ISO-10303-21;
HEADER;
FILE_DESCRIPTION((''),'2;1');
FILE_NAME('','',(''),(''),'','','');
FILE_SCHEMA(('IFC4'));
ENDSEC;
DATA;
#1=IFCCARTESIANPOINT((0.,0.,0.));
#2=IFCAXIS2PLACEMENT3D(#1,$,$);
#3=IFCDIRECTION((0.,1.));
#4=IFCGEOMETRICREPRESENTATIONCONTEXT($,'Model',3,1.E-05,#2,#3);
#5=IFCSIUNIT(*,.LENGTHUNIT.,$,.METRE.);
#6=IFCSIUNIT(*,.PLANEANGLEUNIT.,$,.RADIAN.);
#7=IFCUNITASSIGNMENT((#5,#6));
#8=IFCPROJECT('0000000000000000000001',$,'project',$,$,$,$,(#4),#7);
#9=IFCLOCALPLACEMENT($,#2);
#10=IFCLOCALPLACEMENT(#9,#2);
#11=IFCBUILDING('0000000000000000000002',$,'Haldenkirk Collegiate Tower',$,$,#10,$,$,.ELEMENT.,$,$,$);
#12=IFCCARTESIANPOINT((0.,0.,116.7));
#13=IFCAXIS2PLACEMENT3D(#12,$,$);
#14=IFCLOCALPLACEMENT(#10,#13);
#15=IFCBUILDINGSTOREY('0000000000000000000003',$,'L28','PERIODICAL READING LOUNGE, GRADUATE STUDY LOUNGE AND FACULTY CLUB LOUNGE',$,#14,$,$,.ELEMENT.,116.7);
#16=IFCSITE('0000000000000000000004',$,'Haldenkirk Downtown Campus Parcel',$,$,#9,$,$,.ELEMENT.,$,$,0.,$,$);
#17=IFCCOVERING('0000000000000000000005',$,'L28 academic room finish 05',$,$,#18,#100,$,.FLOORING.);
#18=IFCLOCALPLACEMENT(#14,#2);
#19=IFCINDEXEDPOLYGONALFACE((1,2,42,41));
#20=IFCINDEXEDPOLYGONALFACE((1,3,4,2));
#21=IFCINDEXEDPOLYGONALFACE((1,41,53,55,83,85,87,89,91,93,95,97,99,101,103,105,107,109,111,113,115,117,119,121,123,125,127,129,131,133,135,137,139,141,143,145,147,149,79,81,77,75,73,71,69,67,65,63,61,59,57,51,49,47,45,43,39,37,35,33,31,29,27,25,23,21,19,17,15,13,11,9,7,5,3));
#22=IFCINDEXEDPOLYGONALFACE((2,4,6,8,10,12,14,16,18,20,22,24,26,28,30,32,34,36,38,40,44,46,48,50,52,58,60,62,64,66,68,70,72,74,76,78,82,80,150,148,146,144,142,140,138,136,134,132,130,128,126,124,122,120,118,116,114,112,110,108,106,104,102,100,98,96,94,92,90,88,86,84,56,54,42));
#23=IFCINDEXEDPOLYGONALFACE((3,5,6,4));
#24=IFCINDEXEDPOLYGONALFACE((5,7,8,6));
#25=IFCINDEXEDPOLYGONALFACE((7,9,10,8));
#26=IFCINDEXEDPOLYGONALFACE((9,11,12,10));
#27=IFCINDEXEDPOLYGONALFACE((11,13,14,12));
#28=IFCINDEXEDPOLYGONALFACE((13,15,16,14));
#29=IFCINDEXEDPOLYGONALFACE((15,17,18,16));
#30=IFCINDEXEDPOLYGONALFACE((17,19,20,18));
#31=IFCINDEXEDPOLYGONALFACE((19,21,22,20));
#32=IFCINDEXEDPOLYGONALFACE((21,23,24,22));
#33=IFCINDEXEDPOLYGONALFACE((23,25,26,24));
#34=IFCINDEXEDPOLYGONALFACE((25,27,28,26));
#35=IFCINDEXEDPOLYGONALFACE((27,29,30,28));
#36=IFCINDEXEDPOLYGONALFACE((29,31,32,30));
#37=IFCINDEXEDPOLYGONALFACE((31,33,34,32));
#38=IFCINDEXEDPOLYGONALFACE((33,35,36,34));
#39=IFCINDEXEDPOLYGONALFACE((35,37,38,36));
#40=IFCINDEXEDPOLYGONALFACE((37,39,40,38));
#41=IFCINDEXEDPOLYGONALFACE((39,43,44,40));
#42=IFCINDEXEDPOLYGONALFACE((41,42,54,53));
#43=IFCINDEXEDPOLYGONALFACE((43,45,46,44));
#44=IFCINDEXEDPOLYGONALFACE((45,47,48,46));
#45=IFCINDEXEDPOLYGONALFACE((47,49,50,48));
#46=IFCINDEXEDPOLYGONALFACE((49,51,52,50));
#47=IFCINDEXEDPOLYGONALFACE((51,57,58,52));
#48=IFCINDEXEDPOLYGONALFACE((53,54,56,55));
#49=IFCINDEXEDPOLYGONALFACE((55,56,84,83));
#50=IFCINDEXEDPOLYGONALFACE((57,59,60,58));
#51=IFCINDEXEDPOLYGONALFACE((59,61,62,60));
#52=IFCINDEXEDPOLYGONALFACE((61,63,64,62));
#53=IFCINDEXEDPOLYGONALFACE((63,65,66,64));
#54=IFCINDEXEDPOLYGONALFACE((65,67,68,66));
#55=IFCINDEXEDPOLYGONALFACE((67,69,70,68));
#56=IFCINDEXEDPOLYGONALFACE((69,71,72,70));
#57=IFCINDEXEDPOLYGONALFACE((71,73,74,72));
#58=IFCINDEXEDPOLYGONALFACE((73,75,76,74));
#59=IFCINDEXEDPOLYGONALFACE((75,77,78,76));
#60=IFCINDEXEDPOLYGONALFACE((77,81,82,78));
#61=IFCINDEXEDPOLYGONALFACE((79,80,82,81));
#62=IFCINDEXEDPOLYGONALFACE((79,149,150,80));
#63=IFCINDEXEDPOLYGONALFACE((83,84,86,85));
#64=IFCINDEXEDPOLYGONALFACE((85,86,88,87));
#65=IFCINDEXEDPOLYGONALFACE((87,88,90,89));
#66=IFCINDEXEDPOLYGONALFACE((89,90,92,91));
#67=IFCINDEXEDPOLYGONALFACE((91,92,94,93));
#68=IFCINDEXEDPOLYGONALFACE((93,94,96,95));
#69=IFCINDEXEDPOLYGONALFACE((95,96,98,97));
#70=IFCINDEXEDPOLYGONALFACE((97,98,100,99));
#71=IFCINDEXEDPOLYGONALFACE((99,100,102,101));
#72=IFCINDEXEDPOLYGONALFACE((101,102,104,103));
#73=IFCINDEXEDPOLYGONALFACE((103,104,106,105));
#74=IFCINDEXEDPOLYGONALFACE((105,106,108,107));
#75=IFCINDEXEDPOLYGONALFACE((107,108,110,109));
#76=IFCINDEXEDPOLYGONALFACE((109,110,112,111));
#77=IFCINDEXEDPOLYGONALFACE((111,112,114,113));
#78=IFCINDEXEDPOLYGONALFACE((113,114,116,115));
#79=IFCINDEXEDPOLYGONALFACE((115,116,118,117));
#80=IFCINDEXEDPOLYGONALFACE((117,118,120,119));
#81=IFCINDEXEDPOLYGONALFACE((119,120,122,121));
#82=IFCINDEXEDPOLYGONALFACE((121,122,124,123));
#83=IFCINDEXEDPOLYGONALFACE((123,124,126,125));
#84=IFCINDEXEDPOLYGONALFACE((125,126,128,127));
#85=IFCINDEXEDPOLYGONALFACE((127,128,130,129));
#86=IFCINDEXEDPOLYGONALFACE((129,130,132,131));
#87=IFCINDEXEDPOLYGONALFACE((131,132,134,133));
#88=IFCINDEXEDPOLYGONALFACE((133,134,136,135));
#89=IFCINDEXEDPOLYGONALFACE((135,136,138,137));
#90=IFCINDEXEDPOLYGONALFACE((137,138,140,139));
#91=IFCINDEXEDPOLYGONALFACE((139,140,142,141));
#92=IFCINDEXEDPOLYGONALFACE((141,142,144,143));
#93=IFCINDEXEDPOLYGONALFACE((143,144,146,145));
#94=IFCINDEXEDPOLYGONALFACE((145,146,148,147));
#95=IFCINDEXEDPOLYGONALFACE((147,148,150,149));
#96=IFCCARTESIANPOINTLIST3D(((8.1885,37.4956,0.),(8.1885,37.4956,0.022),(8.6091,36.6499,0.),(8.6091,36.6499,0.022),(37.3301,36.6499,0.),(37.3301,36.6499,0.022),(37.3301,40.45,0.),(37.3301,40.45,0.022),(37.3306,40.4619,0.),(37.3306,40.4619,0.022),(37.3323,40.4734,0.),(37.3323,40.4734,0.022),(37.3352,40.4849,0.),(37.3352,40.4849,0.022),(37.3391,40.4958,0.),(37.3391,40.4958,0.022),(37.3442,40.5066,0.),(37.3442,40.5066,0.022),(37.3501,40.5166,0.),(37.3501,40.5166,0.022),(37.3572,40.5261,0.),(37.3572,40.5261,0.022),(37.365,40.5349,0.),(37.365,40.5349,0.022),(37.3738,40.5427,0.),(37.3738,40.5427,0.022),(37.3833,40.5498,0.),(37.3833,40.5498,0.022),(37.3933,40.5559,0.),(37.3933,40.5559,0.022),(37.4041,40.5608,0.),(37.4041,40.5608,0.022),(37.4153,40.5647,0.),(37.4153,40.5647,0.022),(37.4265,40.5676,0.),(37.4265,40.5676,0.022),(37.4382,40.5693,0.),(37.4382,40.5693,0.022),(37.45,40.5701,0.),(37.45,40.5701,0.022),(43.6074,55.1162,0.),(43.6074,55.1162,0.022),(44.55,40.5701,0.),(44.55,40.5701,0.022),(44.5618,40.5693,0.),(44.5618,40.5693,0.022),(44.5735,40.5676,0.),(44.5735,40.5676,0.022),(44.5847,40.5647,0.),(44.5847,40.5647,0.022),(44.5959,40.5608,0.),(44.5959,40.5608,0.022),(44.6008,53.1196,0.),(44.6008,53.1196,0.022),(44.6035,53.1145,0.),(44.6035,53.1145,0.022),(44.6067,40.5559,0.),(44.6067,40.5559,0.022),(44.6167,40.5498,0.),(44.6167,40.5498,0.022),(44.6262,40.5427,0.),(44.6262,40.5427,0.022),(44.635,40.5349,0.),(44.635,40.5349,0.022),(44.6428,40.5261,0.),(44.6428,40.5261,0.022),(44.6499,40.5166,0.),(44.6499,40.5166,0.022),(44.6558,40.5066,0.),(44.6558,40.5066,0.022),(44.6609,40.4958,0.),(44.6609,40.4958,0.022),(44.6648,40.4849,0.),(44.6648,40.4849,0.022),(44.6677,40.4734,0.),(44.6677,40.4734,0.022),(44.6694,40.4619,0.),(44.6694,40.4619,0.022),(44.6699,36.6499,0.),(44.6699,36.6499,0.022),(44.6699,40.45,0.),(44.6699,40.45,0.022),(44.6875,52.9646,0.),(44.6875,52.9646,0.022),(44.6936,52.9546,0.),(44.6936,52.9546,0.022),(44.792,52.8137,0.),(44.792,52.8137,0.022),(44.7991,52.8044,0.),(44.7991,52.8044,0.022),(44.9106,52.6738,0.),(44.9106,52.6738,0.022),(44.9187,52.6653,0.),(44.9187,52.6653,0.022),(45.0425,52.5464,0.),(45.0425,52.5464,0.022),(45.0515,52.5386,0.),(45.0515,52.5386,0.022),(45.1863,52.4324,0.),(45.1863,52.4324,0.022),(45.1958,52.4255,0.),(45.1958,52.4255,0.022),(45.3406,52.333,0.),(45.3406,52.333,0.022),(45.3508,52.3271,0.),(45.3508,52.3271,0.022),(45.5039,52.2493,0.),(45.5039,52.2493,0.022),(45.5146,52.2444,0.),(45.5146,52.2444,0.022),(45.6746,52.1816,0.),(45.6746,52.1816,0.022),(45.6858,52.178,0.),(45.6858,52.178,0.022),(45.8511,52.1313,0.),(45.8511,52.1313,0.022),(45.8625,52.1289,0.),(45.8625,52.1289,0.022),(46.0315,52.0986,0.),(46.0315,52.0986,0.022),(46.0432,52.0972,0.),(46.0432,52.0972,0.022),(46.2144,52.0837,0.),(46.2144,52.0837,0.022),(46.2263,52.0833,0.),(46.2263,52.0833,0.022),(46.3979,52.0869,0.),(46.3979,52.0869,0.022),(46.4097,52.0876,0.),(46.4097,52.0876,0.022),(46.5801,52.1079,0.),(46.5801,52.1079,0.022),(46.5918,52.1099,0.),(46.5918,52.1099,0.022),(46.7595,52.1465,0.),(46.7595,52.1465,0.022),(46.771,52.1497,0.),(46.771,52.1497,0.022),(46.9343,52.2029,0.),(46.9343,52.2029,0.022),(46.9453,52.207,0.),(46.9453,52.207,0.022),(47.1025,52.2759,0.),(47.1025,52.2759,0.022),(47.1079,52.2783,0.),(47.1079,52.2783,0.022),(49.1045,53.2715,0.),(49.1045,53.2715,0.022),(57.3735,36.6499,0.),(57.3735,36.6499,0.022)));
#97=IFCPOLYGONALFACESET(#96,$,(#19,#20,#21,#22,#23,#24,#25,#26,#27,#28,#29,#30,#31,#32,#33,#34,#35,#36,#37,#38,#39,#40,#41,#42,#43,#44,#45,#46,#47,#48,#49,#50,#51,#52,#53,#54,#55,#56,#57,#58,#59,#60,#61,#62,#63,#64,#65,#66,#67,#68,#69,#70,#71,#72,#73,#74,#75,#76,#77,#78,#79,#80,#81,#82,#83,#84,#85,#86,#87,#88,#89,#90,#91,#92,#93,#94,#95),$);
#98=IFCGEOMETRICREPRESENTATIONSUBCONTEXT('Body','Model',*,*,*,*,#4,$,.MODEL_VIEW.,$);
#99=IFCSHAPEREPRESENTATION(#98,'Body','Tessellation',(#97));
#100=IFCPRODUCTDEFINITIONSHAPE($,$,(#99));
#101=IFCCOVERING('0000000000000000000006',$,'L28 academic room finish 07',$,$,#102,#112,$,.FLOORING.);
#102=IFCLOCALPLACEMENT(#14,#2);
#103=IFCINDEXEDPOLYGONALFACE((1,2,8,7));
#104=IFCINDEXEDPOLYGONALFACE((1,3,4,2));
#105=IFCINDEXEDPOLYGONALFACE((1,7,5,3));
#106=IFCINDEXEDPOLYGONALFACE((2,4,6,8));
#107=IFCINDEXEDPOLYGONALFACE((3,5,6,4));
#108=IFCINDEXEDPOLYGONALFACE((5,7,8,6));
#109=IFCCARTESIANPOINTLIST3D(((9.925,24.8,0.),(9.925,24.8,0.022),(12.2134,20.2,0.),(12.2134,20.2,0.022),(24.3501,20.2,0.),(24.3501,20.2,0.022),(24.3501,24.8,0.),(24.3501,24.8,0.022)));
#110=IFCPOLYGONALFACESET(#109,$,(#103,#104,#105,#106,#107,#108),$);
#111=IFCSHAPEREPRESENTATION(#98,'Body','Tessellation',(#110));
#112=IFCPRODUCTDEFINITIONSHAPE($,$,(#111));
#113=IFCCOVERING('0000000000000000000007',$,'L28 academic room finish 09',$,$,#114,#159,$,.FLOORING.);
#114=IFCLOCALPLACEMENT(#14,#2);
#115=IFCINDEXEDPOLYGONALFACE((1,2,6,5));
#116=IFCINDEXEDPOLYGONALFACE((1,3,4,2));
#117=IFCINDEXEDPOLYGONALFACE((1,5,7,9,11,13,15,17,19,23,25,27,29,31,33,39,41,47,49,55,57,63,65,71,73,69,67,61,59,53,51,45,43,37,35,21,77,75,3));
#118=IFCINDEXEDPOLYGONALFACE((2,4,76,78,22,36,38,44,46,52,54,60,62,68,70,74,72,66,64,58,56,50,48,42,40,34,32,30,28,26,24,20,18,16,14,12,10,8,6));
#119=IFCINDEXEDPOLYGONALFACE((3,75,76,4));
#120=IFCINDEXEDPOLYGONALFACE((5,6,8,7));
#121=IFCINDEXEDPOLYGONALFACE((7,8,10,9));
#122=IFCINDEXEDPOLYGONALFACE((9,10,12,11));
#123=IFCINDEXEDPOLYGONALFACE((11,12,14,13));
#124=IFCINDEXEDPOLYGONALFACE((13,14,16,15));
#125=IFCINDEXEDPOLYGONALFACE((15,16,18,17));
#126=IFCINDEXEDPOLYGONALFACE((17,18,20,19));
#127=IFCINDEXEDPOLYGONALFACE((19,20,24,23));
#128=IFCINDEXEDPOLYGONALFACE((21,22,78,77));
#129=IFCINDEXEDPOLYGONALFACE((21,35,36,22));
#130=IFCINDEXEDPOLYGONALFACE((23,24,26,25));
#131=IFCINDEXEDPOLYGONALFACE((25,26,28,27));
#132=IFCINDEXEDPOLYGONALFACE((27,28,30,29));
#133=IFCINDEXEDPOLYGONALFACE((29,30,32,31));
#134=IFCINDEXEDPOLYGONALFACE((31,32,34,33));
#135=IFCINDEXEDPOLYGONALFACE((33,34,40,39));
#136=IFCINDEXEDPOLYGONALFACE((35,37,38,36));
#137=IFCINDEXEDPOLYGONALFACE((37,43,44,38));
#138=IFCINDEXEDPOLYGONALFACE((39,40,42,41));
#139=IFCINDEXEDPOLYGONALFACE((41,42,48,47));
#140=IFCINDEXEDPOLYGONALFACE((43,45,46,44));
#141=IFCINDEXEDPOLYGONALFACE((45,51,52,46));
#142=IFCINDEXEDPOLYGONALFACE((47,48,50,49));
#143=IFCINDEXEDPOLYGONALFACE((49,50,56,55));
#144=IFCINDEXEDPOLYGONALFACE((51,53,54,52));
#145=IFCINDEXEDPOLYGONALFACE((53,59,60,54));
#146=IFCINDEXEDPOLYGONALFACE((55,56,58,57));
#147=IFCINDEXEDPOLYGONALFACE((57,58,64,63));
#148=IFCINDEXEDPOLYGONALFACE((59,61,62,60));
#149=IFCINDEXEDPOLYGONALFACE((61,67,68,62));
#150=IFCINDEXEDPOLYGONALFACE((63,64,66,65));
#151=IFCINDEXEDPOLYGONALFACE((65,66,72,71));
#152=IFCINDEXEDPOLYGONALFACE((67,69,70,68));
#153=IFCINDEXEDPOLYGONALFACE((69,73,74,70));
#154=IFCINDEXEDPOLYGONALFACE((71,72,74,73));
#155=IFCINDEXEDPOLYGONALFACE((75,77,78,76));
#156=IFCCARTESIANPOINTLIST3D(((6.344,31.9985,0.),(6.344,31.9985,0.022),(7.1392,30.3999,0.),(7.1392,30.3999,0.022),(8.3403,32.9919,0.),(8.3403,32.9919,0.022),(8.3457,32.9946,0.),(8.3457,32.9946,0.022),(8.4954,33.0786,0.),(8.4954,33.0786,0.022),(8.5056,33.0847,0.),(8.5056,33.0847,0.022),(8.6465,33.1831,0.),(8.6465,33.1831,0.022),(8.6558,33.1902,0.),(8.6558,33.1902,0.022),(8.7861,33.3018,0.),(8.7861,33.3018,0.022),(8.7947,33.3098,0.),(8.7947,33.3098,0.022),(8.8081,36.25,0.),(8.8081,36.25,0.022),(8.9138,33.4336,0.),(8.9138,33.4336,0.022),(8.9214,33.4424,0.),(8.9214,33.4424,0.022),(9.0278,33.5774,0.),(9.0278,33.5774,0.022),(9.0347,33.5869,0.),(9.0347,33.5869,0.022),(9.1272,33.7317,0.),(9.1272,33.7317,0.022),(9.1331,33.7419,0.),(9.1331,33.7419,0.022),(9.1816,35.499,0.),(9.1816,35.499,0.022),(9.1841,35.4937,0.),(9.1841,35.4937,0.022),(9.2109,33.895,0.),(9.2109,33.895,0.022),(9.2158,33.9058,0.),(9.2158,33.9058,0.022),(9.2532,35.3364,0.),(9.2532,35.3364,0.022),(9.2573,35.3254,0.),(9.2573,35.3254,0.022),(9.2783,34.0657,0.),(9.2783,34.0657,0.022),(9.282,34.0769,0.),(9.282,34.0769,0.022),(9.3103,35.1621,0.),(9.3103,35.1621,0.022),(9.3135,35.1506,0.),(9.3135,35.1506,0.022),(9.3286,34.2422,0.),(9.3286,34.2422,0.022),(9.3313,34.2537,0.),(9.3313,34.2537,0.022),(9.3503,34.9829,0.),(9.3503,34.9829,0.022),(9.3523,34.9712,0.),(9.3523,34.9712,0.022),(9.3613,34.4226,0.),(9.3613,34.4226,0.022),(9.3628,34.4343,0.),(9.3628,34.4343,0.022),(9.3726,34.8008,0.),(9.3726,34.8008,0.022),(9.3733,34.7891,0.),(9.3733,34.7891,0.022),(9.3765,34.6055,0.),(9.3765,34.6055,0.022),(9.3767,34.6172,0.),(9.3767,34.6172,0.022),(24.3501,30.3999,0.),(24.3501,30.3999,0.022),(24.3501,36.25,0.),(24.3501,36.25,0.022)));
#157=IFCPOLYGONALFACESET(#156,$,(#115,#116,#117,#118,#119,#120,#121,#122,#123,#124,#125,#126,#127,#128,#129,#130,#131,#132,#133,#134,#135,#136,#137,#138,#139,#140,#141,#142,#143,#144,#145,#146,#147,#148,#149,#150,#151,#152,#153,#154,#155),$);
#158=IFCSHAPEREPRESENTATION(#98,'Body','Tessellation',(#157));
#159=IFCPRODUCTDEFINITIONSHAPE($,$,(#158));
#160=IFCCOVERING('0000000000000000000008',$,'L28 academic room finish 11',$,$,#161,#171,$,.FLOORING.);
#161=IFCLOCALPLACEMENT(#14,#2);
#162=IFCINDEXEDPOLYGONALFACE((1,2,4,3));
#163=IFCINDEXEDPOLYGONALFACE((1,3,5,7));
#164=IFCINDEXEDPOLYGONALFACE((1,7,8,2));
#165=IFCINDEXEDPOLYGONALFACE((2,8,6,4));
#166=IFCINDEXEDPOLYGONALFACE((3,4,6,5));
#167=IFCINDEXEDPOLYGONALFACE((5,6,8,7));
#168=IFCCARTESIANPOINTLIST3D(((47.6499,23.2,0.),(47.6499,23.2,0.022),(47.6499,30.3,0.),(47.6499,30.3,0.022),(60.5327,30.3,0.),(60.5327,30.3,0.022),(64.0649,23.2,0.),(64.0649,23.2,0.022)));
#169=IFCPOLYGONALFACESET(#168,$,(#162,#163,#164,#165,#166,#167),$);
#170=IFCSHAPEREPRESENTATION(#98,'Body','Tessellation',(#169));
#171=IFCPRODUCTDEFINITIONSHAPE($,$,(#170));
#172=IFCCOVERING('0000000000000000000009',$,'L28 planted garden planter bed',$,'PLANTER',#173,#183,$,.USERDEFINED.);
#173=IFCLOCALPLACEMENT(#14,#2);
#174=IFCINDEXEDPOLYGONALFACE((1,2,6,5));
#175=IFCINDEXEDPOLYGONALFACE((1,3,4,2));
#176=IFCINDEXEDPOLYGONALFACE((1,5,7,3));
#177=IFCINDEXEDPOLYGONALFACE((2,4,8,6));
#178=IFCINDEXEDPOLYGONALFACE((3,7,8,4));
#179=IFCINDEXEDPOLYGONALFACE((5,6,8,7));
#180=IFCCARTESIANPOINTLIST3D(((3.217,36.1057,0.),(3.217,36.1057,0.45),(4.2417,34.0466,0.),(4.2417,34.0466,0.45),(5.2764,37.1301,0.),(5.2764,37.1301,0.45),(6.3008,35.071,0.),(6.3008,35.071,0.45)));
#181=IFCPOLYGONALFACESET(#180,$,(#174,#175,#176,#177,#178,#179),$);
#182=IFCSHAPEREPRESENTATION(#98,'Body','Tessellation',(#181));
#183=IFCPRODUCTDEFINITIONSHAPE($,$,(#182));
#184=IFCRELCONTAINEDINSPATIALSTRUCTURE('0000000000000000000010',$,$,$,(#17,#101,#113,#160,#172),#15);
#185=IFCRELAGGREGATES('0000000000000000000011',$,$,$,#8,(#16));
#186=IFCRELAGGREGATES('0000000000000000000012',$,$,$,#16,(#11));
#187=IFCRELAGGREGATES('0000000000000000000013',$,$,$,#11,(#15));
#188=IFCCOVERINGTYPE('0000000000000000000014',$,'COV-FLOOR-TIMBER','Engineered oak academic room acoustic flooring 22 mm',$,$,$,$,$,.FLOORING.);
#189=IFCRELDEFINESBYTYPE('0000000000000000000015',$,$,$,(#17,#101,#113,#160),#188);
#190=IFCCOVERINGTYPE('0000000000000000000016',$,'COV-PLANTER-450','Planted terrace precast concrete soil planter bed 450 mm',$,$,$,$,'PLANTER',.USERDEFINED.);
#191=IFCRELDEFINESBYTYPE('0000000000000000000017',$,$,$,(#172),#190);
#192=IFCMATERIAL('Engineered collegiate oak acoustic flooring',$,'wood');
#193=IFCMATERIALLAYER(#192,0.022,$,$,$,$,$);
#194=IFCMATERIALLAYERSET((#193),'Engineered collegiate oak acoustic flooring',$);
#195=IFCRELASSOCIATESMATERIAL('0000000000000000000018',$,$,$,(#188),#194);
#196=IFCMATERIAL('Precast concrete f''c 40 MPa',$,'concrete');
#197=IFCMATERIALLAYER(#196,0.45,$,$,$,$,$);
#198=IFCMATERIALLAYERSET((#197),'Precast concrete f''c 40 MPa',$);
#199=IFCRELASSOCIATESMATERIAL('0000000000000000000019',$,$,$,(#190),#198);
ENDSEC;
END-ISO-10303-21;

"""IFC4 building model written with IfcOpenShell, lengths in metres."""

from ifc_helpers import new_model, si_unit, direction, frame, origin, place, context, subcontext, project, spatial, polyline, outline, extrude, material, layer, layer_set, type_object, element, save


model = new_model("IFC4")

# Units and contexts
model_context = context("Model", 3, precision=1e-05, world=origin(), true_north=direction((0.0, 1.0)))
body_context = subcontext(model_context, "Body", "Model", "MODEL_VIEW")
ifc_project = project(units=[si_unit("LENGTHUNIT", "METRE"), si_unit("PLANEANGLEUNIT", "RADIAN")], contexts=[model_context])

# Site, building, storey
site_placement = place(None, origin())
site = spatial("IfcSite", under=ifc_project, at=site_placement, Name="Haldenkirk Downtown Campus Parcel", CompositionType="ELEMENT", RefElevation=0.0)
building_placement = place(site_placement, origin())
building = spatial("IfcBuilding", under=site, at=building_placement, Name="Haldenkirk Collegiate Tower", CompositionType="ELEMENT")
storey_placement = place(building_placement, frame((0.0, 0.0, 116.7)))
storey = spatial("IfcBuildingStorey", under=building, at=storey_placement, Name="L28", Description="PERIODICAL READING LOUNGE, GRADUATE STUDY LOUNGE AND FACULTY CLUB LOUNGE", CompositionType="ELEMENT", Elevation=116.7)

# Coverings
ifc_material_1 = material(Name="Engineered collegiate oak acoustic flooring", Category="wood")
ifc_layer_1 = layer(ifc_material_1, 0.022)
ifc_layer_set_1 = layer_set([ifc_layer_1], Name="Engineered collegiate oak acoustic flooring")
covering_type_1 = type_object("IfcCoveringType", Name="COV-FLOOR-TIMBER", Description="Engineered oak academic room acoustic flooring 22 mm", PredefinedType="FLOORING", material=ifc_layer_set_1)
covering_1_placement = place(storey_placement, origin())
element("IfcCovering", 1, at=covering_1_placement, inside=storey, type_object=covering_type_1, Name="L28 academic room finish 05", PredefinedType="FLOORING", context=body_context, shape_type="SweptSolid", body=[
    extrude(outline(polyline([(43.6074, 55.1162), (44.6008, 53.1196), (44.6035, 53.1145), (44.6875, 52.9646), (44.6936, 52.9546), (44.792, 52.8137), (44.7991, 52.8044), (44.9106, 52.6738), (44.9187, 52.6653), (45.0425, 52.5464), (45.0515, 52.5386), (45.1863, 52.4324), (45.1958, 52.4255), (45.3406, 52.333), (45.3508, 52.3271), (45.5039, 52.2493), (45.5146, 52.2444), (45.6746, 52.1816), (45.6858, 52.178), (45.8511, 52.1313), (45.8625, 52.1289), (46.0315, 52.0986), (46.0432, 52.0972), (46.2144, 52.0837), (46.2263, 52.0833), (46.3979, 52.0869), (46.4097, 52.0876), (46.5801, 52.1079), (46.5918, 52.1099), (46.7595, 52.1465), (46.771, 52.1497), (46.9343, 52.2029), (46.9453, 52.207), (47.1025, 52.2759), (47.1079, 52.2783), (49.1045, 53.2715), (57.3735, 36.6499), (44.6699, 36.6499), (44.6699, 40.45), (44.6694, 40.4619), (44.6677, 40.4734), (44.6648, 40.4849), (44.6609, 40.4958), (44.6558, 40.5066), (44.6499, 40.5166), (44.6428, 40.5261), (44.635, 40.5349), (44.6262, 40.5427), (44.6167, 40.5498), (44.6067, 40.5559), (44.5959, 40.5608), (44.5847, 40.5647), (44.5735, 40.5676), (44.5618, 40.5693), (44.55, 40.5701), (37.45, 40.5701), (37.4382, 40.5693), (37.4265, 40.5676), (37.4153, 40.5647), (37.4041, 40.5608), (37.3933, 40.5559), (37.3833, 40.5498), (37.3738, 40.5427), (37.365, 40.5349), (37.3572, 40.5261), (37.3501, 40.5166), (37.3442, 40.5066), (37.3391, 40.4958), (37.3352, 40.4849), (37.3323, 40.4734), (37.3306, 40.4619), (37.3301, 40.45), (37.3301, 36.6499), (8.6091, 36.6499), (8.1885, 37.4956), (43.6074, 55.1162)])), origin(), (0.0, 0.0, 1.0), 0.022),
])
covering_2_placement = place(storey_placement, origin())
element("IfcCovering", 2, at=covering_2_placement, inside=storey, type_object=covering_type_1, Name="L28 academic room finish 07", PredefinedType="FLOORING", context=body_context, shape_type="SweptSolid", body=[
    extrude(outline(polyline([(9.925, 24.8), (24.3501, 24.8), (24.3501, 20.2), (12.2134, 20.2), (9.925, 24.8)])), origin(), (0.0, 0.0, 1.0), 0.022),
])
covering_3_placement = place(storey_placement, origin())
element("IfcCovering", 3, at=covering_3_placement, inside=storey, type_object=covering_type_1, Name="L28 academic room finish 09", PredefinedType="FLOORING", context=body_context, shape_type="SweptSolid", body=[
    extrude(outline(polyline([(8.3403, 32.9919), (8.3457, 32.9946), (8.4954, 33.0786), (8.5056, 33.0847), (8.6465, 33.1831), (8.6558, 33.1902), (8.7861, 33.3018), (8.7947, 33.3098), (8.9138, 33.4336), (8.9214, 33.4424), (9.0278, 33.5774), (9.0347, 33.5869), (9.1272, 33.7317), (9.1331, 33.7419), (9.2109, 33.895), (9.2158, 33.9058), (9.2783, 34.0657), (9.282, 34.0769), (9.3286, 34.2422), (9.3313, 34.2537), (9.3613, 34.4226), (9.3628, 34.4343), (9.3765, 34.6055), (9.3767, 34.6172), (9.3733, 34.7891), (9.3726, 34.8008), (9.3523, 34.9712), (9.3503, 34.9829), (9.3135, 35.1506), (9.3103, 35.1621), (9.2573, 35.3254), (9.2532, 35.3364), (9.1841, 35.4937), (9.1816, 35.499), (8.8081, 36.25), (24.3501, 36.25), (24.3501, 30.3999), (7.1392, 30.3999), (6.344, 31.9985), (8.3403, 32.9919)])), origin(), (0.0, 0.0, 1.0), 0.022),
])
covering_4_placement = place(storey_placement, origin())
element("IfcCovering", 4, at=covering_4_placement, inside=storey, type_object=covering_type_1, Name="L28 academic room finish 11", PredefinedType="FLOORING", context=body_context, shape_type="SweptSolid", body=[
    extrude(outline(polyline([(64.0649, 23.2), (47.6499, 23.2), (47.6499, 30.3), (60.5327, 30.3), (64.0649, 23.2)])), origin(), (0.0, 0.0, 1.0), 0.022),
])
ifc_material_2 = material(Name="Precast concrete f'c 40 MPa", Category="concrete")
ifc_layer_2 = layer(ifc_material_2, 0.45)
ifc_layer_set_2 = layer_set([ifc_layer_2], Name="Precast concrete f'c 40 MPa")
covering_type_2 = type_object("IfcCoveringType", Name="COV-PLANTER-450", Description="Planted terrace precast concrete soil planter bed 450 mm", ElementType="PLANTER", PredefinedType="USERDEFINED", material=ifc_layer_set_2)
covering_5_placement = place(storey_placement, origin())
element("IfcCovering", 5, at=covering_5_placement, inside=storey, type_object=covering_type_2, Name="L28 planted garden planter bed", ObjectType="PLANTER", PredefinedType="USERDEFINED", context=body_context, shape_type="SweptSolid", body=[
    extrude(outline(polyline([(4.2417, 34.0466), (3.217, 36.1057), (5.2764, 37.1301), (6.3008, 35.071), (4.2417, 34.0466)])), origin(), (0.0, 0.0, 1.0), 0.45),
])

save(model, "model.ifc")
